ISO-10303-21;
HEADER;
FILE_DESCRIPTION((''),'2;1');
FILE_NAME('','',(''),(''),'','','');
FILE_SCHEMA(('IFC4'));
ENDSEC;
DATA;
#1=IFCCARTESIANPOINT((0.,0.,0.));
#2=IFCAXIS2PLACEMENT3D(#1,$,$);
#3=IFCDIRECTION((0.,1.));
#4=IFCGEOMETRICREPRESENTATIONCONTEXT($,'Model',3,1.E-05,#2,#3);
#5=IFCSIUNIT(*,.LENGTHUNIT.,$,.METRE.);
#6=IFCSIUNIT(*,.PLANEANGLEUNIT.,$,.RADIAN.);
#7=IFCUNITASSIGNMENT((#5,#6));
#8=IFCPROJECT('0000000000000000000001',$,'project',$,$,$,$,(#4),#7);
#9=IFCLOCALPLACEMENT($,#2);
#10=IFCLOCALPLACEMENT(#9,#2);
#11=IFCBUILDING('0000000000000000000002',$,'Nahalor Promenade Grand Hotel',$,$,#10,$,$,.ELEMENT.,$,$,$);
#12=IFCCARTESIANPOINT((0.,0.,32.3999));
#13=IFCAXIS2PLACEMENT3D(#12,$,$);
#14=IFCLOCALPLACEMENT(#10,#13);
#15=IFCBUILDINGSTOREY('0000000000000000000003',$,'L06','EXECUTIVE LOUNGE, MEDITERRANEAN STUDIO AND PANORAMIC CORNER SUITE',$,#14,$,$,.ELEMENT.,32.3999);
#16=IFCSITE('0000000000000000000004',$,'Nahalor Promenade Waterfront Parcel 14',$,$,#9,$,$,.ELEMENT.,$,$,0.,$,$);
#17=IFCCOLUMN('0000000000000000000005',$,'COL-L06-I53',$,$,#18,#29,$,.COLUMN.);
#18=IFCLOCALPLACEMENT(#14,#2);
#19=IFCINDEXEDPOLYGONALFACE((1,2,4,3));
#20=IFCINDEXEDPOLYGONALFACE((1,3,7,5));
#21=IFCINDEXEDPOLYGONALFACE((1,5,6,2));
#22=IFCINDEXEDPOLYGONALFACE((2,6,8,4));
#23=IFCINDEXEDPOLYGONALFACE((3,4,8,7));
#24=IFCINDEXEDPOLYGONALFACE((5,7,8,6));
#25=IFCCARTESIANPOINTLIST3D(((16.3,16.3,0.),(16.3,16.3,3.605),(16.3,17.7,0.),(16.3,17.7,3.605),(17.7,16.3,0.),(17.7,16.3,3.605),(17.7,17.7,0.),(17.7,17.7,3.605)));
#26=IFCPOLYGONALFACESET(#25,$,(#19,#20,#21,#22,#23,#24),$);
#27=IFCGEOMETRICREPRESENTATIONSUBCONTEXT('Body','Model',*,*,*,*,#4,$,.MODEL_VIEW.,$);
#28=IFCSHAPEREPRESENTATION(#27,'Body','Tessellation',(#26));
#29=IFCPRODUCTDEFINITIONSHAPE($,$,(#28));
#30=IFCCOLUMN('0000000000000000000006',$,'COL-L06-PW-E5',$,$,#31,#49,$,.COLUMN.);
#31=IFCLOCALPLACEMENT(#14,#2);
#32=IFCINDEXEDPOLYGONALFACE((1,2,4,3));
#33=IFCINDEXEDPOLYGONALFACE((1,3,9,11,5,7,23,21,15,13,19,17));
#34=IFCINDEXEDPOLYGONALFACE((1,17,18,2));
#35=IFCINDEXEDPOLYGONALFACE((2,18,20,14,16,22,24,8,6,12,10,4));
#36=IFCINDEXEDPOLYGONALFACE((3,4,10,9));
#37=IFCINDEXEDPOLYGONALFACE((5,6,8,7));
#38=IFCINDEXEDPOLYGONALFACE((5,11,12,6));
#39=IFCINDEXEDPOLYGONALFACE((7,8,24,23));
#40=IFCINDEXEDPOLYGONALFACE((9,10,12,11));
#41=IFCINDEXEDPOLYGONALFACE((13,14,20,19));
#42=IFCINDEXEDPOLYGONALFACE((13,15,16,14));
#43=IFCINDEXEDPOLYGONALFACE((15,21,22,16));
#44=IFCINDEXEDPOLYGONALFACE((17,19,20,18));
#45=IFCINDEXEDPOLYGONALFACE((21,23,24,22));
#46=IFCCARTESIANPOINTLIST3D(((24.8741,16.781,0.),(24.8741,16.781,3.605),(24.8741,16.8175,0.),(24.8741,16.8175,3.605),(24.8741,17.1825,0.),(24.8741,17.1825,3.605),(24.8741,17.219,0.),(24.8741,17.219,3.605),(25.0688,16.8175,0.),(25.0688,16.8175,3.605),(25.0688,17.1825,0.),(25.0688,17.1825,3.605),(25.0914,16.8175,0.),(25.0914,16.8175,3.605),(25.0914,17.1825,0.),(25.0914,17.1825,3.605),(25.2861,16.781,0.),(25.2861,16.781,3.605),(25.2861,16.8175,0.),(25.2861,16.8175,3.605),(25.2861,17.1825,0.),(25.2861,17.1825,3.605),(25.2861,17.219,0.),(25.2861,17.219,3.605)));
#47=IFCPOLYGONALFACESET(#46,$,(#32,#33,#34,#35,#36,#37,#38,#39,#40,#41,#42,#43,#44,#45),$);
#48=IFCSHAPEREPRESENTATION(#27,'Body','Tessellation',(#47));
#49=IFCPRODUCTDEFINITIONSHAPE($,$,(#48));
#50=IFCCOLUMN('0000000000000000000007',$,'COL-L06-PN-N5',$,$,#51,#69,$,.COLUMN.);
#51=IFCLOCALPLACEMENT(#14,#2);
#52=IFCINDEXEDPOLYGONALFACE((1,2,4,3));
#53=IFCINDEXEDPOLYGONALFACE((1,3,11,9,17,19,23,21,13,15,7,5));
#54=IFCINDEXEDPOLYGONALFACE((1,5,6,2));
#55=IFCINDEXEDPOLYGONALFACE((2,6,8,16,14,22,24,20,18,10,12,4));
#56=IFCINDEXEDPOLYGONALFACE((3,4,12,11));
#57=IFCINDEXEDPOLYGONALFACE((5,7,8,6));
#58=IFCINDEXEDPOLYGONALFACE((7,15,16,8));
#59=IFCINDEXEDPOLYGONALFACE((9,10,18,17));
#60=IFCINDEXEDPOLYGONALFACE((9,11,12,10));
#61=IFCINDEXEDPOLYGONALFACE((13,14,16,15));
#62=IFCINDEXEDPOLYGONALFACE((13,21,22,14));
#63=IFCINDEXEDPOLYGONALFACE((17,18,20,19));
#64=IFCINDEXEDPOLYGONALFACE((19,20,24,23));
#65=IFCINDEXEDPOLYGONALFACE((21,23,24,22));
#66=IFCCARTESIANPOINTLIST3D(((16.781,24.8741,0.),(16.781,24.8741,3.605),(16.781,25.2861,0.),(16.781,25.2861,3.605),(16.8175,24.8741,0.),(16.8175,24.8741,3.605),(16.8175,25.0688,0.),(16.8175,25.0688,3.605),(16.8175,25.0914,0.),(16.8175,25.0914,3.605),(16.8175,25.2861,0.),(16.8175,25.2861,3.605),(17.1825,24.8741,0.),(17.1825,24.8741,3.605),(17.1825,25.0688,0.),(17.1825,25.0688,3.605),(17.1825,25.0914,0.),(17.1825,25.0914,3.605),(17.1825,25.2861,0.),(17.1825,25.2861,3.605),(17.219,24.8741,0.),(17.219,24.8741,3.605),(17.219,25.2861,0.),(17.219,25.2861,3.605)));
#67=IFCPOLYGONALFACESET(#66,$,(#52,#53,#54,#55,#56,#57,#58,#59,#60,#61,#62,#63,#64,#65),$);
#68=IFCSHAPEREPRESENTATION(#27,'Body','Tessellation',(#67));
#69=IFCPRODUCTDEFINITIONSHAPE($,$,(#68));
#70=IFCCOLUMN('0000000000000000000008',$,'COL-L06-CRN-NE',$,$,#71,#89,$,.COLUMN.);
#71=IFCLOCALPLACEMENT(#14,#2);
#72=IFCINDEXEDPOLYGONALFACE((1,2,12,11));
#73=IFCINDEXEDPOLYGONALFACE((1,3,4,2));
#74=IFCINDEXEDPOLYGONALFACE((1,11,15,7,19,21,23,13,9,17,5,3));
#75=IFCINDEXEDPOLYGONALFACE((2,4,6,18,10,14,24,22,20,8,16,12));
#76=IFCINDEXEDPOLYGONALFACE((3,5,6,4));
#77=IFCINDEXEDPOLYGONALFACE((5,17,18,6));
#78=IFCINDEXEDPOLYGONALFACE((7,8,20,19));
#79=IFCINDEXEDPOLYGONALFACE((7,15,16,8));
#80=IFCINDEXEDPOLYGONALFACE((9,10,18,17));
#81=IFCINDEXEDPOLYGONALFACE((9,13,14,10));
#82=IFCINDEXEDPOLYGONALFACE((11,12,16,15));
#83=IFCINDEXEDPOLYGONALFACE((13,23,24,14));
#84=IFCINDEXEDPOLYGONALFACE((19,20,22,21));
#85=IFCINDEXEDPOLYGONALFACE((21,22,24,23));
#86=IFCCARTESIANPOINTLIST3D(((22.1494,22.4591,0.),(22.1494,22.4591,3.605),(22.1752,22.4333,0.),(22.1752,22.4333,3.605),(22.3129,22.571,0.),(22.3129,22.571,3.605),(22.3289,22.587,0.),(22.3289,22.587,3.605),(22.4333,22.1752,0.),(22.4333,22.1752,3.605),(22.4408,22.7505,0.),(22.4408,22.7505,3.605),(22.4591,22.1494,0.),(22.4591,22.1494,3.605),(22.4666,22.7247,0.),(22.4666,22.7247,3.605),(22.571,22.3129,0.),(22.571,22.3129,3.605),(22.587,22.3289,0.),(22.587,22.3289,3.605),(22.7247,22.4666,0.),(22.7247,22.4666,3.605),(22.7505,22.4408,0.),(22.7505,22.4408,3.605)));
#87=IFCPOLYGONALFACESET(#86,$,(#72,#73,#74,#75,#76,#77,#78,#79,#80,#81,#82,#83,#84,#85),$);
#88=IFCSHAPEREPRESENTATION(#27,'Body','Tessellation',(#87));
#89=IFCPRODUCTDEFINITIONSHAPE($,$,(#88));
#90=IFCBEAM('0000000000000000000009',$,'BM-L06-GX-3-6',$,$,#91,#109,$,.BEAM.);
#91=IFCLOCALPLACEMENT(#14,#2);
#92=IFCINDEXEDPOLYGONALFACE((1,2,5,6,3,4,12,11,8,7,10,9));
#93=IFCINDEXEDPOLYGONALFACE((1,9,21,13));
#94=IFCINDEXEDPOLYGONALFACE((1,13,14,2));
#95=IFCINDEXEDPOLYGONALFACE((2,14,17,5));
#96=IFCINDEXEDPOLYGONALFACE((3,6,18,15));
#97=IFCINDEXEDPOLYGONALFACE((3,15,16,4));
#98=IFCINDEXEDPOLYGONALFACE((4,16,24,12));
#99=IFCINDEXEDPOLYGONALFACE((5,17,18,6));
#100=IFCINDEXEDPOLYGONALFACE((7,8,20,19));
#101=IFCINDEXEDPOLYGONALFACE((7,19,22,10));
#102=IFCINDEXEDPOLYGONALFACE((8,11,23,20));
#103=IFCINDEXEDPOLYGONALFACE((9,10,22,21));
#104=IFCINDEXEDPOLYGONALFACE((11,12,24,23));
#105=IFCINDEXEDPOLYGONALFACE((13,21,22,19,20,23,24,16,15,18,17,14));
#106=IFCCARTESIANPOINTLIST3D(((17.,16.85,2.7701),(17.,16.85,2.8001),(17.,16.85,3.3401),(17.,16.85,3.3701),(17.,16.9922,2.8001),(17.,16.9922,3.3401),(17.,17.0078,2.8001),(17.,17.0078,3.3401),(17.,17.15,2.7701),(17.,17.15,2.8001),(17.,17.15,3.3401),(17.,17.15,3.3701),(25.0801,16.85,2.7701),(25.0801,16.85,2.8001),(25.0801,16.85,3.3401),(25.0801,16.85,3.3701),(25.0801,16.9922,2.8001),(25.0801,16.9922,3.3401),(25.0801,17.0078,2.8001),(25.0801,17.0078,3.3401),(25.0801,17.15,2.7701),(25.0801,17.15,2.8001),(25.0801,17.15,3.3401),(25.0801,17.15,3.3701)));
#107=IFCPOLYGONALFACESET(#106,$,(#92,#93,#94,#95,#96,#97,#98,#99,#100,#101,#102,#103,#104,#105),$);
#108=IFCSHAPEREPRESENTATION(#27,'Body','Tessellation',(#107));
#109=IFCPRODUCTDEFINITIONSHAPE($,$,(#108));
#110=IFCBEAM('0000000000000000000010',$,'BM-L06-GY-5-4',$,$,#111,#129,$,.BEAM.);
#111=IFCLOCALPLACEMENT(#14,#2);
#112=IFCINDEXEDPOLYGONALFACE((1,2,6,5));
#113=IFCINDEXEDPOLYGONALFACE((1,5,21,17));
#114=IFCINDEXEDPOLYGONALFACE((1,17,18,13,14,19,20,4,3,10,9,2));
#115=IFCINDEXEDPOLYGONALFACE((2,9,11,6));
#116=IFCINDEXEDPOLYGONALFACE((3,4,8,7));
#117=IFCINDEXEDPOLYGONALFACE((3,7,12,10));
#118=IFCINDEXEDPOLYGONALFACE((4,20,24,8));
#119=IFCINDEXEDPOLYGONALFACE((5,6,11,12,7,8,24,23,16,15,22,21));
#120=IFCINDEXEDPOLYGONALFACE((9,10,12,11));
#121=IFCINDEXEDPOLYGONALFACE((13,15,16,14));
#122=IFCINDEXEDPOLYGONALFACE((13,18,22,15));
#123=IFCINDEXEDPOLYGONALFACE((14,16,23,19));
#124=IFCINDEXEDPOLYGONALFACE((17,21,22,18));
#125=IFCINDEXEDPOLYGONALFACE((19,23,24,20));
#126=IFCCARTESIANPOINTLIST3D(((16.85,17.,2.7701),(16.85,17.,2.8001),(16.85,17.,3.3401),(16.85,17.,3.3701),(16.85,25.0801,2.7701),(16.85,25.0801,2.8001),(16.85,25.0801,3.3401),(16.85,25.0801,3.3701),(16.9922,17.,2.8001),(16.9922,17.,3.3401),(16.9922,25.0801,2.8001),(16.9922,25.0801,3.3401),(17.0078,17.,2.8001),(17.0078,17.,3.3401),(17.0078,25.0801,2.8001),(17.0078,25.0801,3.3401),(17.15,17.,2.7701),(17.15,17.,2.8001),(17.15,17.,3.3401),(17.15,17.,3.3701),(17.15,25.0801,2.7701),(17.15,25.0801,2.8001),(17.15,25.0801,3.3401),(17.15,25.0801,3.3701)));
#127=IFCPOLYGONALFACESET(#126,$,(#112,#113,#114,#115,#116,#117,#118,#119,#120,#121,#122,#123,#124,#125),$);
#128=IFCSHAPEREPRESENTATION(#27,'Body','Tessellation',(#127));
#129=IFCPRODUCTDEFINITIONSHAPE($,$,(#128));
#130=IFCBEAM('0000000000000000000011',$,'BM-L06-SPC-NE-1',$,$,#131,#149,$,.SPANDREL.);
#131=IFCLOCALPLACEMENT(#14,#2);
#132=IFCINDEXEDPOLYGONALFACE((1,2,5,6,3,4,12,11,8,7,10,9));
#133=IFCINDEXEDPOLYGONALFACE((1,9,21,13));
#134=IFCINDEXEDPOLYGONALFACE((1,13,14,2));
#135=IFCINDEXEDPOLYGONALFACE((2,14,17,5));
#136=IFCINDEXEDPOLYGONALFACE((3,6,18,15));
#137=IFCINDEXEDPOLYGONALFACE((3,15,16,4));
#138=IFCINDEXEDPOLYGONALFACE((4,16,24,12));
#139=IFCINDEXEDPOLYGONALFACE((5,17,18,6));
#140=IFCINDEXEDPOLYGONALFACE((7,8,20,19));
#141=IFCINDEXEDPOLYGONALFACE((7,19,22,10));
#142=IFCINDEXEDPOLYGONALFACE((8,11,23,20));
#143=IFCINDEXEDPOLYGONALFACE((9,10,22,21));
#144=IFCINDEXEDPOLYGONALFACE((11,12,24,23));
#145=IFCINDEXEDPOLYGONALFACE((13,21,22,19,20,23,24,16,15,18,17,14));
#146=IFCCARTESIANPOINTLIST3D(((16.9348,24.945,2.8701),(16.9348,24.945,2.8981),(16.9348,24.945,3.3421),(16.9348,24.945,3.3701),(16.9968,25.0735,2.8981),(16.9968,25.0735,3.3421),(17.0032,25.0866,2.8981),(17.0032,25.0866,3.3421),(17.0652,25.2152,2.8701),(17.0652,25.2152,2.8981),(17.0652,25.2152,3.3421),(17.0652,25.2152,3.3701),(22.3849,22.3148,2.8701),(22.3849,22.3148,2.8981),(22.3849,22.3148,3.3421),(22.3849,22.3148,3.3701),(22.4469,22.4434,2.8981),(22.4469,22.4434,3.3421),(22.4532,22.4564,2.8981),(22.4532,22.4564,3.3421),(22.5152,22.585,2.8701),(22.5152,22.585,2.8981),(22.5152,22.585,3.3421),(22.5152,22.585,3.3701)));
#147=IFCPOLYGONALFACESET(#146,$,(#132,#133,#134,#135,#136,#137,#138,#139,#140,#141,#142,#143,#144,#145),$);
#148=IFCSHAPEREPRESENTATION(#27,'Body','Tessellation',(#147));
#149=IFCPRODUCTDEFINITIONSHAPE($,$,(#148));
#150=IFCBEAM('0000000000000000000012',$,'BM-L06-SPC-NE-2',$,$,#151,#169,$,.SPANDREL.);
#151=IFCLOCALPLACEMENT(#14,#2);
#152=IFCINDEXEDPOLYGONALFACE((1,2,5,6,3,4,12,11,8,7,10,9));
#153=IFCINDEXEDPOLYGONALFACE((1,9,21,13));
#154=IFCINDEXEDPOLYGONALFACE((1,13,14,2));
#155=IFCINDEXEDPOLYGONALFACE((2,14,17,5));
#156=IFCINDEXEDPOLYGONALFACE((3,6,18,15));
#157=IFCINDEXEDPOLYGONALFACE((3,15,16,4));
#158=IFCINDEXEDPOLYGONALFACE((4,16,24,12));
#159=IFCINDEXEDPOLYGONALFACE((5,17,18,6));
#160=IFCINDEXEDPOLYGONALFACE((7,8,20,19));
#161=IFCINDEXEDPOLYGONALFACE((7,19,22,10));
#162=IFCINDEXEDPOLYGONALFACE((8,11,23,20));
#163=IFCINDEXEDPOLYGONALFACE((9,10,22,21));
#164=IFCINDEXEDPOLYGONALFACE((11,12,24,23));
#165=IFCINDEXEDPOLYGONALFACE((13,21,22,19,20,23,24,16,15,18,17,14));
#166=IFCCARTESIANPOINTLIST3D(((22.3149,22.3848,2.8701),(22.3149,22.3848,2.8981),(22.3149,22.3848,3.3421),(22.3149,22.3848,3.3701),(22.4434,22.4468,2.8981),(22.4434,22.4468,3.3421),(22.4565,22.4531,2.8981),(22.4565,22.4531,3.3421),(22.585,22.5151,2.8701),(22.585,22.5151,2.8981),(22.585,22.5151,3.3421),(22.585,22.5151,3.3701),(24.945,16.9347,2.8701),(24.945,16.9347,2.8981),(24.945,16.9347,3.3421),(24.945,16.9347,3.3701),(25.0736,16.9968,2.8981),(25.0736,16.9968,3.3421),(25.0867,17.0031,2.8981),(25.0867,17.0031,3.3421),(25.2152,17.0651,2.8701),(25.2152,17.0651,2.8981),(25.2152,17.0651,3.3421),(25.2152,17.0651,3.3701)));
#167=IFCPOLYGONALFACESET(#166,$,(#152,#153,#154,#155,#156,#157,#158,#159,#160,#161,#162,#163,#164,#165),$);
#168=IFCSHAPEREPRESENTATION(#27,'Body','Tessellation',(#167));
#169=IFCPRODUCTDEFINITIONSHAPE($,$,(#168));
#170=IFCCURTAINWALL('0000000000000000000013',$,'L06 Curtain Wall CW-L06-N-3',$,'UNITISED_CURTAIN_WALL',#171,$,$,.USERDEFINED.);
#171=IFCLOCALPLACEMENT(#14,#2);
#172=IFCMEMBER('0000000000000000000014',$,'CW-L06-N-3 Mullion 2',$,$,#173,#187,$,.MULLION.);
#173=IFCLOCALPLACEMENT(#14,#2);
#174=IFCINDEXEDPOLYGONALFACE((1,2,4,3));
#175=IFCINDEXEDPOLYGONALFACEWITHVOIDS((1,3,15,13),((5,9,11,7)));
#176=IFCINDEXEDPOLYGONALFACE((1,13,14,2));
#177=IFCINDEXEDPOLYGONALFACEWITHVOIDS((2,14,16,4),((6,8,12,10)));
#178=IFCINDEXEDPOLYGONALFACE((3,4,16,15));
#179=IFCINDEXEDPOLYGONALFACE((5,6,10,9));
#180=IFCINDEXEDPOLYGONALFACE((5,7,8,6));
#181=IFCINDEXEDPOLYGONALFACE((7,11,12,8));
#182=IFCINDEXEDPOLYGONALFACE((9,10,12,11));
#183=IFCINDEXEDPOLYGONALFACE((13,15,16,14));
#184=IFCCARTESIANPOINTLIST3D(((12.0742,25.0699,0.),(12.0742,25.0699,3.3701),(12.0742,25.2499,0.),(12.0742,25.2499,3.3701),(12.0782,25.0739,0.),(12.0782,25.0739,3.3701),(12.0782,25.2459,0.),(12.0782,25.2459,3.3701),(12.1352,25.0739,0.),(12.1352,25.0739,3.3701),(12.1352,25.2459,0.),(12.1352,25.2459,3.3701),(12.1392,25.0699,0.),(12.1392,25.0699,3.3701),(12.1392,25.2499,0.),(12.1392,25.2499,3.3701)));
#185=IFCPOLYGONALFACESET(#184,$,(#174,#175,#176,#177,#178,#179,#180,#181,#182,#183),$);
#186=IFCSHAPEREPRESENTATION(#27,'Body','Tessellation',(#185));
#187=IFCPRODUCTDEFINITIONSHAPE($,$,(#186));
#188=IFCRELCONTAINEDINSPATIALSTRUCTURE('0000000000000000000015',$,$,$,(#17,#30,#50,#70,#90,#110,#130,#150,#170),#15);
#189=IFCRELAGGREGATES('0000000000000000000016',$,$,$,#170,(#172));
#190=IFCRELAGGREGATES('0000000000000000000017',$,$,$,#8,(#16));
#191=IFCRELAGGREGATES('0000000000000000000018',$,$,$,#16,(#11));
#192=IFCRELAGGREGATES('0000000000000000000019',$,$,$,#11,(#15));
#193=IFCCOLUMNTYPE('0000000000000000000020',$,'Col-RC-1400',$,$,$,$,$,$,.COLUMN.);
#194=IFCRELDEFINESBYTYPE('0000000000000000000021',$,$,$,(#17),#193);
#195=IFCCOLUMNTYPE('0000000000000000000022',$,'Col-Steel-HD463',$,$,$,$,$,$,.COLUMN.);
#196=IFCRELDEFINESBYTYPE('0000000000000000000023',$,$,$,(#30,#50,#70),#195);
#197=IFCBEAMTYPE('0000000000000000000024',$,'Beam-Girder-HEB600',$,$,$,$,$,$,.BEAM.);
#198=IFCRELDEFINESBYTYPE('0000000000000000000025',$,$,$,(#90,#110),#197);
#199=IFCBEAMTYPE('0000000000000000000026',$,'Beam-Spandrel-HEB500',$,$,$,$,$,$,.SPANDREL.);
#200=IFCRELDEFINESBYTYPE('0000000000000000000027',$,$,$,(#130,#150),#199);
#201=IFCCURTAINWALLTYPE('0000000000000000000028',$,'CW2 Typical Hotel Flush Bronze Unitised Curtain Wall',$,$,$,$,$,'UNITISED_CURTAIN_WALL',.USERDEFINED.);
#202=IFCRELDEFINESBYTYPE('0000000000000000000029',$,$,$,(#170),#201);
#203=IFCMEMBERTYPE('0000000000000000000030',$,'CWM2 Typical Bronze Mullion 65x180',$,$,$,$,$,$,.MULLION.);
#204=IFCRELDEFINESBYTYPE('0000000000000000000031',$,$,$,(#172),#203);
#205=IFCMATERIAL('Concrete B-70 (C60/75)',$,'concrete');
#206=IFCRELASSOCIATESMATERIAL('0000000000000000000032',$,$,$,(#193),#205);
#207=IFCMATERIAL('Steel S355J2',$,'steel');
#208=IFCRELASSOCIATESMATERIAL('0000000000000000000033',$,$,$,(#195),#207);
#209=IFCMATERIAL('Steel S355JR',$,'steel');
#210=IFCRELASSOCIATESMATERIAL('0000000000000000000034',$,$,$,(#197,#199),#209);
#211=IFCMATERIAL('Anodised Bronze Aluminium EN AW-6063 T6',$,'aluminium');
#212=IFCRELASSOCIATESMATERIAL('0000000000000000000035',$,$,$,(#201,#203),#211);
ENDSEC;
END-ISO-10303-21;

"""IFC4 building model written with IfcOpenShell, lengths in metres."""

from ifc_helpers import new_model, si_unit, direction, frame, origin, origin_2d, place, context, subcontext, project, spatial, rectangle, hollow_rectangle, i_section, extrude, source, transform, mapped, material, material_profile, profile_set, type_object, element, aggregate, save


model = new_model("IFC4")

# Units and contexts
model_context = context("Model", 3, precision=1e-05, world=origin(), true_north=direction((0.0, 1.0)))
body_context = subcontext(model_context, "Body", "Model", "MODEL_VIEW")
ifc_project = project(units=[si_unit("LENGTHUNIT", "METRE"), si_unit("PLANEANGLEUNIT", "RADIAN")], contexts=[model_context])

# Site, building, storey
site_placement = place(None, origin())
site = spatial("IfcSite", under=ifc_project, at=site_placement, Name="Nahalor Promenade Waterfront Parcel 14", CompositionType="ELEMENT", RefElevation=0.0)
building_placement = place(site_placement, origin())
building = spatial("IfcBuilding", under=site, at=building_placement, Name="Nahalor Promenade Grand Hotel", CompositionType="ELEMENT")
storey_placement = place(building_placement, frame((0.0, 0.0, 32.3999)))
storey = spatial("IfcBuildingStorey", under=building, at=storey_placement, Name="L06", Description="EXECUTIVE LOUNGE, MEDITERRANEAN STUDIO AND PANORAMIC CORNER SUITE", CompositionType="ELEMENT", Elevation=32.3999)

# Columns
ifc_material_1 = material(Name="Concrete B-70 (C60/75)", Category="concrete")
ifc_material_profile_1 = material_profile(ifc_material_1, rectangle(XDim=1.4, YDim=1.4, at=origin_2d()), Name="RC 1400x1400")
ifc_profile_set_1 = profile_set([ifc_material_profile_1], Name="Concrete B-70 (C60/75)")
column_type_1 = type_object("IfcColumnType", Name="Col-RC-1400", PredefinedType="COLUMN", material=ifc_profile_set_1)
shared_shape_1 = source(origin(), body_context, "Body", "SweptSolid", [
    extrude(rectangle(XDim=1.4, YDim=1.4, at=origin_2d()), origin(), (0.0, 0.0, 1.0), 3.605),
])
column_placement = place(storey_placement, frame((17.0, 17.0, 0.0), z_axis=(0.0, 0.0, 1.0), x_axis=(1.0, 0.0, 0.0)))
element("IfcColumn", 1, at=column_placement, inside=storey, type_object=column_type_1, Name="COL-L06-I53", PredefinedType="COLUMN", context=body_context, shape_type="MappedRepresentation", body=[
    mapped(shared_shape_1, transform((0.0, 0.0, 0.0), scale=1.0)),
])
ifc_material_2 = material(Name="Steel S355J2", Category="steel")
ifc_material_profile_2 = material_profile(ifc_material_2, i_section(OverallWidth=0.412, OverallDepth=0.438, WebThickness=0.0226, FlangeThickness=0.0365, at=origin_2d()), Name="HD 400x463")
ifc_profile_set_2 = profile_set([ifc_material_profile_2], Name="Steel S355J2")
column_type_2 = type_object("IfcColumnType", Name="Col-Steel-HD463", PredefinedType="COLUMN", material=ifc_profile_set_2)
shared_shape_2 = source(origin(), body_context, "Body", "SweptSolid", [
    extrude(i_section(OverallWidth=0.412, OverallDepth=0.438, WebThickness=0.0226, FlangeThickness=0.0365, at=origin_2d()), origin(), (0.0, 0.0, 1.0), 3.605),
])
for number, where, z_axis, x_axis, name in (
    (2, (25.0801, 17.0, 0.0), (0.0, 0.0, 1.0), (1.0, 0.0, 0.0), "COL-L06-PW-E5"),
    (3, (17.0, 25.0801, 0.0), (0.0, 0.0, 1.0), (0.0, 1.0, 0.0), "COL-L06-PN-N5"),
    (4, (22.45, 22.45, 0.0), (0.0, 0.0, 1.0), (0.707107, 0.707107, 0.0), "COL-L06-CRN-NE"),
):
    element("IfcColumn", number, at=place(storey_placement, frame(where, z_axis=z_axis, x_axis=x_axis)), inside=storey, type_object=column_type_2, Name=name, PredefinedType="COLUMN", context=body_context, shape_type="MappedRepresentation", body=[
        mapped(shared_shape_2, transform((0.0, 0.0, 0.0), scale=1.0)),
    ])

# Beams
ifc_material_3 = material(Name="Steel S355JR", Category="steel")
ifc_material_profile_3 = material_profile(ifc_material_3, i_section(OverallWidth=0.3, OverallDepth=0.6, WebThickness=0.0155, FlangeThickness=0.03, at=origin_2d()), Name="HEB 600")
ifc_profile_set_3 = profile_set([ifc_material_profile_3], Name="Steel S355JR")
beam_type_1 = type_object("IfcBeamType", Name="Beam-Girder-HEB600", PredefinedType="BEAM", material=ifc_profile_set_3)
shared_shape_3 = source(origin(), body_context, "Body", "SweptSolid", [
    extrude(i_section(OverallWidth=0.3, OverallDepth=0.6, WebThickness=0.0155, FlangeThickness=0.03, at=origin_2d()), origin(), (0.0, 0.0, 1.0), 8.0801),
])
for number, where, z_axis, x_axis, name in (
    (5, (17.0, 17.0, 3.0701), (1.0, 0.0, 0.0), (0.0, 1.0, 0.0), "BM-L06-GX-3-6"),
    (6, (17.0, 17.0, 3.0701), (0.0, 1.0, 0.0), (-1.0, 0.0, 0.0), "BM-L06-GY-5-4"),
):
    element("IfcBeam", number, at=place(storey_placement, frame(where, z_axis=z_axis, x_axis=x_axis)), inside=storey, type_object=beam_type_1, Name=name, PredefinedType="BEAM", context=body_context, shape_type="MappedRepresentation", body=[
        mapped(shared_shape_3, transform((0.0, 0.0, 0.0), scale=1.0)),
    ])
ifc_material_profile_4 = material_profile(ifc_material_3, i_section(OverallWidth=0.3, OverallDepth=0.5, WebThickness=0.0145, FlangeThickness=0.028, at=origin_2d()), Name="HEB 500")
ifc_profile_set_4 = profile_set([ifc_material_profile_4], Name="Steel S355JR")
beam_type_2 = type_object("IfcBeamType", Name="Beam-Spandrel-HEB500", PredefinedType="SPANDREL", material=ifc_profile_set_4)
shared_shape_4 = source(origin(), body_context, "Body", "SweptSolid", [
    extrude(i_section(OverallWidth=0.3, OverallDepth=0.5, WebThickness=0.0145, FlangeThickness=0.028, at=origin_2d()), origin(), (0.0, 0.0, 1.0), 6.0515),
])
for number, where, z_axis, x_axis, name in (
    (7, (17.0, 25.0801, 3.1201), (0.900609, -0.434631, 0.0), (0.434631, 0.900609, 0.0), "BM-L06-SPC-NE-1"),
    (8, (22.45, 22.45, 3.1201), (0.434631, -0.900609, 0.0), (0.900609, 0.434631, 0.0), "BM-L06-SPC-NE-2"),
):
    element("IfcBeam", number, at=place(storey_placement, frame(where, z_axis=z_axis, x_axis=x_axis)), inside=storey, type_object=beam_type_2, Name=name, PredefinedType="SPANDREL", context=body_context, shape_type="MappedRepresentation", body=[
        mapped(shared_shape_4, transform((0.0, 0.0, 0.0), scale=1.0)),
    ])

# Curtain wall, member
ifc_material_4 = material(Name="Anodised Bronze Aluminium EN AW-6063 T6", Category="aluminium")
curtain_wall_type = type_object("IfcCurtainWallType", Name="CW2 Typical Hotel Flush Bronze Unitised Curtain Wall", ElementType="UNITISED_CURTAIN_WALL", PredefinedType="USERDEFINED", material=ifc_material_4)
curtain_wall_1_placement = place(storey_placement, origin())
curtain_wall_1 = element("IfcCurtainWall", 9, at=curtain_wall_1_placement, inside=storey, type_object=curtain_wall_type, Name="L06 Curtain Wall CW-L06-N-3", ObjectType="UNITISED_CURTAIN_WALL", PredefinedType="USERDEFINED")
ifc_material_profile_5 = material_profile(ifc_material_4, hollow_rectangle(XDim=0.065, YDim=0.18, WallThickness=0.004, at=origin_2d()), Name="CWM 65x180x4")
ifc_profile_set_5 = profile_set([ifc_material_profile_5], Name="Anodised Bronze Aluminium EN AW-6063 T6")
member_type_1 = type_object("IfcMemberType", Name="CWM2 Typical Bronze Mullion 65x180", PredefinedType="MULLION", material=ifc_profile_set_5)
shared_shape_5 = source(origin(), body_context, "Body", "SweptSolid", [
    extrude(hollow_rectangle(XDim=0.065, YDim=0.18, WallThickness=0.004, at=origin_2d()), origin(), (0.0, 0.0, 1.0), 3.3701),
])
member_1_placement = place(storey_placement, frame((12.1067, 25.1599, 0.0), z_axis=(0.0, 0.0, 1.0), x_axis=(1.0, 0.0, 0.0)))
member_1 = element("IfcMember", 10, at=member_1_placement, type_object=member_type_1, Name="CW-L06-N-3 Mullion 2", PredefinedType="MULLION", context=body_context, shape_type="MappedRepresentation", body=[
    mapped(shared_shape_5, transform((0.0, 0.0, 0.0), scale=1.0)),
])

aggregate(curtain_wall_1, [member_1])

save(model, "model.ifc")
